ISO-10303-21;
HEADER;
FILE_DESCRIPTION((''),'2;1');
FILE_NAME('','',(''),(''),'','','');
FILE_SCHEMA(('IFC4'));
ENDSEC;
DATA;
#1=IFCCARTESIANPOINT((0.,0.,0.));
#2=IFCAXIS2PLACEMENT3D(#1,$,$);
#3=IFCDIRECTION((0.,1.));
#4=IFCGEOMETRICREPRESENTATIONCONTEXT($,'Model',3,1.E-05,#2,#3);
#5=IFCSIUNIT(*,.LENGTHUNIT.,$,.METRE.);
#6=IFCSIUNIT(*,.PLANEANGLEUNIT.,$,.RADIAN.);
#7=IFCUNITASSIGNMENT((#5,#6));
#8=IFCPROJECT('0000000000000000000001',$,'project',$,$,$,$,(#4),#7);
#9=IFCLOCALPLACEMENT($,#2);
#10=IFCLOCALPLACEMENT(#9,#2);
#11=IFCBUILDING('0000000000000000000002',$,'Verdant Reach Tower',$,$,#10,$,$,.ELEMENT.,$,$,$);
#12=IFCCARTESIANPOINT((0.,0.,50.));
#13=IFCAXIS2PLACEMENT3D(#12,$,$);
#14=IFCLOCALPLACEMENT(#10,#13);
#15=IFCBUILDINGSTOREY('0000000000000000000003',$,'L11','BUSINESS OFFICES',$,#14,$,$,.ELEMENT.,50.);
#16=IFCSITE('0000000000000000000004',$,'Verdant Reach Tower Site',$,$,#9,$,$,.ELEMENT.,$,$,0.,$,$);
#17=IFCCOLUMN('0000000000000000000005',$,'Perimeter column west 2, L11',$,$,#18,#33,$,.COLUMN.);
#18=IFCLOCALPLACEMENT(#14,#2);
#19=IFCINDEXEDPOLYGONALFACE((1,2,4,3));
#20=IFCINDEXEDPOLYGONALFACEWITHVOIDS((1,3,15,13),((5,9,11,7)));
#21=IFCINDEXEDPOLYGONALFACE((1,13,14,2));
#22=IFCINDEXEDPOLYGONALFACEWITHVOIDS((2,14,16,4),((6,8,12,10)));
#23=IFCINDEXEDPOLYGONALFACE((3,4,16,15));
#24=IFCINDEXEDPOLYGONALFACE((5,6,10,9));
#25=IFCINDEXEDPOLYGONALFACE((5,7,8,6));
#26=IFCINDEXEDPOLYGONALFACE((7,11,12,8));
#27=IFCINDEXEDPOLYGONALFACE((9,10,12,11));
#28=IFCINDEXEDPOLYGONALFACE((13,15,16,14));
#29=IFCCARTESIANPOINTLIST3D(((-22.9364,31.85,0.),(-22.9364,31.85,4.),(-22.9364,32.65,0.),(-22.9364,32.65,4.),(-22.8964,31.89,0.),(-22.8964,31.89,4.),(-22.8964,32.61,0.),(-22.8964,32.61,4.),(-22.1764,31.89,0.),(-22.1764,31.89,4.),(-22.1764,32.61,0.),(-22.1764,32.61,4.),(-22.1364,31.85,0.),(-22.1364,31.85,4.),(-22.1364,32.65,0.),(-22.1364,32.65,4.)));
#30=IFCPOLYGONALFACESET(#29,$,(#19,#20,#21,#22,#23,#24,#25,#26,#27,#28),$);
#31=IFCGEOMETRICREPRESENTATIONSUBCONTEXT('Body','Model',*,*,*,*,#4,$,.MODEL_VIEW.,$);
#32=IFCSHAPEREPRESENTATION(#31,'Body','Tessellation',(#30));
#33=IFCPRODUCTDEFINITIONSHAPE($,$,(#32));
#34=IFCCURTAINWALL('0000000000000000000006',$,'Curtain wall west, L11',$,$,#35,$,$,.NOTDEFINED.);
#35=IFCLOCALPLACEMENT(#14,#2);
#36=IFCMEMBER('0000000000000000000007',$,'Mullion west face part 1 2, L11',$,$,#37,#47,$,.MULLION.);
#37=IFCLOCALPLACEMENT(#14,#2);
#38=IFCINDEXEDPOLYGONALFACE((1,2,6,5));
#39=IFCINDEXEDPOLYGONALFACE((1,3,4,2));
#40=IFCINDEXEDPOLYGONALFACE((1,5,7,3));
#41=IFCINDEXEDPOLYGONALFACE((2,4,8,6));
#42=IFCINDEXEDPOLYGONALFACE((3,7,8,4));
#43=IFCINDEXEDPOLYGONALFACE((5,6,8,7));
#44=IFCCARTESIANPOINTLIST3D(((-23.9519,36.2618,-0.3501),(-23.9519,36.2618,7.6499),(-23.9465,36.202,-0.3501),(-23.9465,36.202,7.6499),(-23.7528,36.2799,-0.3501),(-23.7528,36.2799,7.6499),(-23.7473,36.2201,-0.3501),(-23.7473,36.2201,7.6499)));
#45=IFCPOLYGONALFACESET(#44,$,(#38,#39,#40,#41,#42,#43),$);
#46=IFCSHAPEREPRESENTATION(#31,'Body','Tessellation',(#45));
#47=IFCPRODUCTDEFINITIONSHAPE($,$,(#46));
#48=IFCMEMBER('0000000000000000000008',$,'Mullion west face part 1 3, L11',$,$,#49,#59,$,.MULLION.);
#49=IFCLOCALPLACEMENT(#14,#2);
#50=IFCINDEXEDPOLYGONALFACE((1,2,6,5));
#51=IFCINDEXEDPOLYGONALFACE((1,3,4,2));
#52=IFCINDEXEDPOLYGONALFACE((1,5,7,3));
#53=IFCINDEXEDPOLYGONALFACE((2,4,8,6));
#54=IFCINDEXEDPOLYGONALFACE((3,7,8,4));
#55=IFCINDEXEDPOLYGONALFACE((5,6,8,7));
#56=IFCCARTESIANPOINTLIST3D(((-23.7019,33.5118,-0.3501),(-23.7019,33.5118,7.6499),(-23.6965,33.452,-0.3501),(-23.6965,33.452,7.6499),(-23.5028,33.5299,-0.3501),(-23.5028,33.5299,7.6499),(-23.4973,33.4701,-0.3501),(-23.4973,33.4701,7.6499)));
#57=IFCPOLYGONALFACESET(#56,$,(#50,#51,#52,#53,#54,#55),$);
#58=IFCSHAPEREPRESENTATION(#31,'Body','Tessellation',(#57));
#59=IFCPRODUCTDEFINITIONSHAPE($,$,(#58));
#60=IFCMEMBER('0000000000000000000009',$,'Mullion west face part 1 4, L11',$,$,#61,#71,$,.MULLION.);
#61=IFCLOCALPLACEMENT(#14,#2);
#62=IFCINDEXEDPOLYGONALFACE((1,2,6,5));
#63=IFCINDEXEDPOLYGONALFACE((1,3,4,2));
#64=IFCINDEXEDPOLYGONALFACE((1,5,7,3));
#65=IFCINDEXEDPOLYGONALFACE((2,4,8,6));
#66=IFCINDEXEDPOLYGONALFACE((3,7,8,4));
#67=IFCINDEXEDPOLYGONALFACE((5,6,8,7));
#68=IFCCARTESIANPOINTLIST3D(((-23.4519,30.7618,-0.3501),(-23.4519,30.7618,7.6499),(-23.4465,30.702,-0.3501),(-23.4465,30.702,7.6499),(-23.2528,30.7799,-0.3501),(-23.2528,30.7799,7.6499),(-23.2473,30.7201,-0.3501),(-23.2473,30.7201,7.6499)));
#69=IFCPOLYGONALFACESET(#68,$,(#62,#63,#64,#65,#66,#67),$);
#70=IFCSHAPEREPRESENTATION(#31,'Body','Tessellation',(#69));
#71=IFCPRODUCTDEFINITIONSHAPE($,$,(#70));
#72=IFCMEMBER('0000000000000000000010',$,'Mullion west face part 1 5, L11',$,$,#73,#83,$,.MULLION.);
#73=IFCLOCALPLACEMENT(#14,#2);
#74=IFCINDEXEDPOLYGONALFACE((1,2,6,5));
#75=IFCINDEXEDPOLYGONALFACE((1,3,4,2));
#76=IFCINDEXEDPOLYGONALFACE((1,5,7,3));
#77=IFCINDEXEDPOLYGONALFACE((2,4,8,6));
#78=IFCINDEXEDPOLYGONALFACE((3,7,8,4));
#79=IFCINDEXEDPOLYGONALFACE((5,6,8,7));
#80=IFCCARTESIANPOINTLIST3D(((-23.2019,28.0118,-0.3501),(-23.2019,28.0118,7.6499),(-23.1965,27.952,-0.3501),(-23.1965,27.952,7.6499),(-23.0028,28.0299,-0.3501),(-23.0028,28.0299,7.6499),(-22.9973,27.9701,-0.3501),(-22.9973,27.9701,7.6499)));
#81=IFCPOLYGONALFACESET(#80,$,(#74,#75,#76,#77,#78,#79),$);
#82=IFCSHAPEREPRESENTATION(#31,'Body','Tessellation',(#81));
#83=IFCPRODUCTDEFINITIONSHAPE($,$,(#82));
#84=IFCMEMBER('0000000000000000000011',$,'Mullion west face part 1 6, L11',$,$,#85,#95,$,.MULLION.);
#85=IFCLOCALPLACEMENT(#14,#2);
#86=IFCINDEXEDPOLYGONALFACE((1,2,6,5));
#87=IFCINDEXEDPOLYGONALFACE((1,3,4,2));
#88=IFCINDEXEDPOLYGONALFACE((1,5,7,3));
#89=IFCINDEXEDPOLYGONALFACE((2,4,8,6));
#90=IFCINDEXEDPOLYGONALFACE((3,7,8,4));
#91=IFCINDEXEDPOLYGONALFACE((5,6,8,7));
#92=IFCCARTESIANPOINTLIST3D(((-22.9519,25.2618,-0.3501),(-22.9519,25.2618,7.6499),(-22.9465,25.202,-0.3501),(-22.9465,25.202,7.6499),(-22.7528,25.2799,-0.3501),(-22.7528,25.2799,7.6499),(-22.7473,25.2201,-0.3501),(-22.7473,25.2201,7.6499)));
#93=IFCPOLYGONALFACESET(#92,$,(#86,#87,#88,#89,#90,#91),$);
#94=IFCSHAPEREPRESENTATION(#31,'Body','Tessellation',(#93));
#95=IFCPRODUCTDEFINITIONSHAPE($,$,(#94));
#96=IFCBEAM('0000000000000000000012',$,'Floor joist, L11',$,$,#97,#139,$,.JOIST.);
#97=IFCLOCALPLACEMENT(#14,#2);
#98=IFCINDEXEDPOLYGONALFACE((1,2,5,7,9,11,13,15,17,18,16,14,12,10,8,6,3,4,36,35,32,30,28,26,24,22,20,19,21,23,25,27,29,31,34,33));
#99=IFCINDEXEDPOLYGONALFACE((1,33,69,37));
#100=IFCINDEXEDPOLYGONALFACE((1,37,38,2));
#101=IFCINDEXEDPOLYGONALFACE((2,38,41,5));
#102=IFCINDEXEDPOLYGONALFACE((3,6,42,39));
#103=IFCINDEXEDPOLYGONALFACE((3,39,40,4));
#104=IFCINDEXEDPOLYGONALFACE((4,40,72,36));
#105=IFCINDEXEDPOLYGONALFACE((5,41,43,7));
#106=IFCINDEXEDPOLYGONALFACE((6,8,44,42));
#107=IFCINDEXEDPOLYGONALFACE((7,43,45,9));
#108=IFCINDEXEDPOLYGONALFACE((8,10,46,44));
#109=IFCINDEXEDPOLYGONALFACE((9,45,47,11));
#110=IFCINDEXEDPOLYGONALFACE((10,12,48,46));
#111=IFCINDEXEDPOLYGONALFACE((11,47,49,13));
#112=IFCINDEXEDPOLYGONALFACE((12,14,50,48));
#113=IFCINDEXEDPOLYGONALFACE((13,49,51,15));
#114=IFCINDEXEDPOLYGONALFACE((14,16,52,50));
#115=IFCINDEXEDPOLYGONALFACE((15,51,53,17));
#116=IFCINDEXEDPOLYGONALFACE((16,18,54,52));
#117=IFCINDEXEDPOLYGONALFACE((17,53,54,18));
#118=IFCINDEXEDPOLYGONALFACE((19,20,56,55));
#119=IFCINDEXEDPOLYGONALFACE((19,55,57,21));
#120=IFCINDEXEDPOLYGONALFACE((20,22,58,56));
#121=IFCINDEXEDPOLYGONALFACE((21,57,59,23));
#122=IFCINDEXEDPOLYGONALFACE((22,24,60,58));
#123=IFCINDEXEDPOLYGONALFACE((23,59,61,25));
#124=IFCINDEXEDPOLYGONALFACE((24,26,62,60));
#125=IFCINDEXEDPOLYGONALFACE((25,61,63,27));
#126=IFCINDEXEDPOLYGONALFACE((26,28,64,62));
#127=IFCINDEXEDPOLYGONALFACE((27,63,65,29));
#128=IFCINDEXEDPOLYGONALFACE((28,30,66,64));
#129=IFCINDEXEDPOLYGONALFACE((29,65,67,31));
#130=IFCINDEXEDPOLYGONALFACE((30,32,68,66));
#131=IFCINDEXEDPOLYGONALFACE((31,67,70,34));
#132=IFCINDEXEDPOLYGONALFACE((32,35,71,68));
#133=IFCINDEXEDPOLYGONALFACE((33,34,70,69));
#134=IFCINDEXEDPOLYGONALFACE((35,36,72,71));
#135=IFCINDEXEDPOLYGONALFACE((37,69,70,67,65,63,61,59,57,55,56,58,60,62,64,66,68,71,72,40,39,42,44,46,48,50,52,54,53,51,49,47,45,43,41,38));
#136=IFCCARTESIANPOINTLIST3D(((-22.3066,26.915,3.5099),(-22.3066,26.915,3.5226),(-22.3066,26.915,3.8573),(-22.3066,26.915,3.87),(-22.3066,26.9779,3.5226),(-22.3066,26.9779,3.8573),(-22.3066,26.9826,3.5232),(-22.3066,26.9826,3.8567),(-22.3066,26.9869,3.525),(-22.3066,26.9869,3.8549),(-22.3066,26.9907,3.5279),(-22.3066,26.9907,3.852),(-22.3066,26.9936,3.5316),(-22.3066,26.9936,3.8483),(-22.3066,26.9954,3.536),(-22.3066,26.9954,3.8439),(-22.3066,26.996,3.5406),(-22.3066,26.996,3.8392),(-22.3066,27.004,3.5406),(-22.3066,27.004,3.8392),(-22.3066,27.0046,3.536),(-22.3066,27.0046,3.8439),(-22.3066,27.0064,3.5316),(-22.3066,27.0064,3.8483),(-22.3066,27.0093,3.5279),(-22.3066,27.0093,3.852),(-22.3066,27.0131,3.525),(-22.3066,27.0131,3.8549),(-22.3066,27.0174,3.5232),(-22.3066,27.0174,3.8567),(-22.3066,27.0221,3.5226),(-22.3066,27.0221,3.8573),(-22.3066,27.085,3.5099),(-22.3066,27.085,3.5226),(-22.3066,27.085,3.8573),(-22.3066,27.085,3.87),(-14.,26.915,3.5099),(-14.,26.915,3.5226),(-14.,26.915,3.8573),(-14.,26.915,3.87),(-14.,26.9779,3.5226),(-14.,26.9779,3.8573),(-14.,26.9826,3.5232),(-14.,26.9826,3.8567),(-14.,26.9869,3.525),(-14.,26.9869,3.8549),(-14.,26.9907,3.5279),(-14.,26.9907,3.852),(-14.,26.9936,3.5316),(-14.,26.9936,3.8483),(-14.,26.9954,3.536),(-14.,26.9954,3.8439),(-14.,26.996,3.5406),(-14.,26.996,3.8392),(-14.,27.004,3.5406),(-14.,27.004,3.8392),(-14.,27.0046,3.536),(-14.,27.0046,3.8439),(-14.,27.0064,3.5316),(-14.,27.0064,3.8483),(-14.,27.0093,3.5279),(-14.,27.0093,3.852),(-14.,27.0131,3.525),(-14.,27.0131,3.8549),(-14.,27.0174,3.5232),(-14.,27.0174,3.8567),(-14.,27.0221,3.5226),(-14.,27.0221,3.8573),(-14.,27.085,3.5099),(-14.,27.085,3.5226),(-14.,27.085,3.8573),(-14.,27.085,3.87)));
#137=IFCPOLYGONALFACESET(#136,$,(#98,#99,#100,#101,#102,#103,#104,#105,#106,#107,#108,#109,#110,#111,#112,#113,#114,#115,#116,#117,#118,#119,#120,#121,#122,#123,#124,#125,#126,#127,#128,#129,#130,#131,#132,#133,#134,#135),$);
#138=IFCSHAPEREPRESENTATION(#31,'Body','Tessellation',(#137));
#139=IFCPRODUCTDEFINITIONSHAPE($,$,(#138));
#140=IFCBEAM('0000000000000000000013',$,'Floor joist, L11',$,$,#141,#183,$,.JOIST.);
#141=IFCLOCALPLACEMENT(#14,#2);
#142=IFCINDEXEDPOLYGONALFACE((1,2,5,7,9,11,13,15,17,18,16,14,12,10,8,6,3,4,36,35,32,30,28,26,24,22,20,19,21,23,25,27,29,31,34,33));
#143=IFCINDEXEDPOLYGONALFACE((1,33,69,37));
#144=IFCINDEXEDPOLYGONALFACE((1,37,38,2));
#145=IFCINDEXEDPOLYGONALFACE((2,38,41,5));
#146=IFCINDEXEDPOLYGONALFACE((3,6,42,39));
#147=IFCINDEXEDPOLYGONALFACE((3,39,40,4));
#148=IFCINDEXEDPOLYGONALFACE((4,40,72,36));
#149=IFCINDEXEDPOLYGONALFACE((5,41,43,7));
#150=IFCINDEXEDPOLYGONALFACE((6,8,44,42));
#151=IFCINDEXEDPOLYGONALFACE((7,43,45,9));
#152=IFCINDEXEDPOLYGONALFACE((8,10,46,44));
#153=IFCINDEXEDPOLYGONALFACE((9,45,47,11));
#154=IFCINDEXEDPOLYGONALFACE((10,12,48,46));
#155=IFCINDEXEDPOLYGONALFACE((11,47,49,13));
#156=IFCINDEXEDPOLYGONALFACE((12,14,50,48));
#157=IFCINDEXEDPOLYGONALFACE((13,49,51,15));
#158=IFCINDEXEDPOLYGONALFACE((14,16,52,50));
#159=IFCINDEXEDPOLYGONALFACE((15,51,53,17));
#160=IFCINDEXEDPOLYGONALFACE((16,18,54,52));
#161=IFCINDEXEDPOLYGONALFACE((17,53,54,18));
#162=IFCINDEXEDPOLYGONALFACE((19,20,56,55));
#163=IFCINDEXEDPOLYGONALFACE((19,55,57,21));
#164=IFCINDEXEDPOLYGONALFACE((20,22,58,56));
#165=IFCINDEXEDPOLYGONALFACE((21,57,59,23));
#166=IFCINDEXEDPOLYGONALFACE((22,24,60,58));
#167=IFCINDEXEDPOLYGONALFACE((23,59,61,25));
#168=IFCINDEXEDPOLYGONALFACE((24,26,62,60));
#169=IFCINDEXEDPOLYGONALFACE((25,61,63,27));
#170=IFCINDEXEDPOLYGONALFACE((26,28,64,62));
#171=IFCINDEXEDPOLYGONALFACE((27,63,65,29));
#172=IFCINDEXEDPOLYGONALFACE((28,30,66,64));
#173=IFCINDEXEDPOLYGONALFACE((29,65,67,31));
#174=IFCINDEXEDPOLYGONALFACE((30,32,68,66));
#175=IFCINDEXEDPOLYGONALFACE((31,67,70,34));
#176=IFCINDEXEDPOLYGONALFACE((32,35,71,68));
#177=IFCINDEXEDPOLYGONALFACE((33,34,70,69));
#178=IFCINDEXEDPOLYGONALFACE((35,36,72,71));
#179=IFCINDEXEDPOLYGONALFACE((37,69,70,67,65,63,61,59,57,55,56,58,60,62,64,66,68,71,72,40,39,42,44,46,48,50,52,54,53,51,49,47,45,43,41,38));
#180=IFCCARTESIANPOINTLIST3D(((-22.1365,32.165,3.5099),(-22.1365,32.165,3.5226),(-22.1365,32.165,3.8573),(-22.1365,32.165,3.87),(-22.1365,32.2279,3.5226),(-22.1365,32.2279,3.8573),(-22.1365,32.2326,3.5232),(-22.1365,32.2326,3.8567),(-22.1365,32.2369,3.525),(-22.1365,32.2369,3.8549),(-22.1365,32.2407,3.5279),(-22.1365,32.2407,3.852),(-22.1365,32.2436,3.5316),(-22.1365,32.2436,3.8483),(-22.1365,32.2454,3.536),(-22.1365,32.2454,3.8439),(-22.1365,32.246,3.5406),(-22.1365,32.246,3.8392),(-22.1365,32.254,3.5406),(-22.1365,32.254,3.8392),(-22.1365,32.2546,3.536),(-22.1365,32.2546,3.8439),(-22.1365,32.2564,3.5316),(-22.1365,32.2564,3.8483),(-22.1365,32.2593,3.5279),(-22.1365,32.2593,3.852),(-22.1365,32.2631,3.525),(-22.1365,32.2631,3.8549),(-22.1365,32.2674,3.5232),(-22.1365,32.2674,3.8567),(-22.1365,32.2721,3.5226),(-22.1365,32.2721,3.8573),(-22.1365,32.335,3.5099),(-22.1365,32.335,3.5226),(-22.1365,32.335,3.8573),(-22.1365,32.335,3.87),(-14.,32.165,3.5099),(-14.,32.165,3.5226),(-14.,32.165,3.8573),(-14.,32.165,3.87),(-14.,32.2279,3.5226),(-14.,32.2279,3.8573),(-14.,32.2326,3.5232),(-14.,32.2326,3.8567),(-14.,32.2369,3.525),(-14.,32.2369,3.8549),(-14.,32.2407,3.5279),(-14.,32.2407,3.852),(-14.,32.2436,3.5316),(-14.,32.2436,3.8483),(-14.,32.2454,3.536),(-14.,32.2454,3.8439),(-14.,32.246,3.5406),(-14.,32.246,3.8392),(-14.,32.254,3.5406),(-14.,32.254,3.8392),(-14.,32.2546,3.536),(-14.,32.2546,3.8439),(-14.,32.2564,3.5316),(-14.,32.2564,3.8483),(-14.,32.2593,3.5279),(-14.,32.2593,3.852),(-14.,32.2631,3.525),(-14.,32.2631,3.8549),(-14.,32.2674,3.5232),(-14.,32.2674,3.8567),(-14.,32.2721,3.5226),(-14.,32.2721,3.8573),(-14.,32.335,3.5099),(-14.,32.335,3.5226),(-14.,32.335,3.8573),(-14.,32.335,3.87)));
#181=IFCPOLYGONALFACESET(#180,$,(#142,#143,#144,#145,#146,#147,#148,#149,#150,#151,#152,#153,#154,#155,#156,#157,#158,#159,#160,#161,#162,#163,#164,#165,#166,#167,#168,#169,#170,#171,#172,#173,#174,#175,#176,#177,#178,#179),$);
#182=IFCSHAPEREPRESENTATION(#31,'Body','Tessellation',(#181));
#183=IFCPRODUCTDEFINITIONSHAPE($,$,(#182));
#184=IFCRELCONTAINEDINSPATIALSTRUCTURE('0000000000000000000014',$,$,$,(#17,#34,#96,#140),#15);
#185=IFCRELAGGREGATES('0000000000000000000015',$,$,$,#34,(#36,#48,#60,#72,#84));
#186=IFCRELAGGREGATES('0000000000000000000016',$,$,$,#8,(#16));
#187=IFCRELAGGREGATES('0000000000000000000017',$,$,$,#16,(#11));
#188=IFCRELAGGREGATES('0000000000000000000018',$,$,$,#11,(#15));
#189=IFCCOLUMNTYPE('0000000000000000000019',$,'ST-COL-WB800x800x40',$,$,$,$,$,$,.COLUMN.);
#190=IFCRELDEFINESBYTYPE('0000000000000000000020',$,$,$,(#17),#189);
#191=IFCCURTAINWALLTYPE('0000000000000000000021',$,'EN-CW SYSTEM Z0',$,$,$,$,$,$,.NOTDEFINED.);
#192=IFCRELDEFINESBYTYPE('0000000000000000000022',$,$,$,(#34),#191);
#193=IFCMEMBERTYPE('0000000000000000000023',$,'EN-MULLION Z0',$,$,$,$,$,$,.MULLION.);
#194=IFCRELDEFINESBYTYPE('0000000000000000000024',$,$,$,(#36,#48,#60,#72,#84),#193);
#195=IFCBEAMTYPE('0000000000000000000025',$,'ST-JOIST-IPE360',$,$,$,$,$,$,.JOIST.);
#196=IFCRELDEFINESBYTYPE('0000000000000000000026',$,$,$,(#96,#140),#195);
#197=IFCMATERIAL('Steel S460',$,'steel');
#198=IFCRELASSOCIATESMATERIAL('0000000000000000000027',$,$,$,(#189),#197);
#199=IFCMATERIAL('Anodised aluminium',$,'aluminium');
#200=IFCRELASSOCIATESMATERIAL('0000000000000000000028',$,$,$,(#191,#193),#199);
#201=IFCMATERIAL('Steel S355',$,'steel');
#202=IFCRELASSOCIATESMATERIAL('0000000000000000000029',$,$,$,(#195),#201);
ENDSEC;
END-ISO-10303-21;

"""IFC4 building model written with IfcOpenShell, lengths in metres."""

from ifc_helpers import new_model, si_unit, direction, frame, origin, origin_2d, place, context, subcontext, project, spatial, rectangle, hollow_rectangle, i_section, extrude, material, material_profile, profile_set, type_object, element, aggregate, save


model = new_model("IFC4")

# Units and contexts
model_context = context("Model", 3, precision=1e-05, world=origin(), true_north=direction((0.0, 1.0)))
body_context = subcontext(model_context, "Body", "Model", "MODEL_VIEW")
ifc_project = project(units=[si_unit("LENGTHUNIT", "METRE"), si_unit("PLANEANGLEUNIT", "RADIAN")], contexts=[model_context])

# Site, building, storey
site_placement = place(None, origin())
site = spatial("IfcSite", under=ifc_project, at=site_placement, Name="Verdant Reach Tower Site", CompositionType="ELEMENT", RefElevation=0.0)
building_placement = place(site_placement, origin())
building = spatial("IfcBuilding", under=site, at=building_placement, Name="Verdant Reach Tower", CompositionType="ELEMENT")
storey_placement = place(building_placement, frame((0.0, 0.0, 50.0)))
storey = spatial("IfcBuildingStorey", under=building, at=storey_placement, Name="L11", Description="BUSINESS OFFICES", CompositionType="ELEMENT", Elevation=50.0)

# Column
ifc_material_1 = material(Name="Steel S460", Category="steel")
ifc_material_profile_1 = material_profile(ifc_material_1, hollow_rectangle(XDim=0.8, YDim=0.8, WallThickness=0.04, at=origin_2d()), Name="WB 800x800x40")
ifc_profile_set_1 = profile_set([ifc_material_profile_1], Name="Steel S460")
column_type = type_object("IfcColumnType", Name="ST-COL-WB800x800x40", PredefinedType="COLUMN", material=ifc_profile_set_1)
column_placement = place(storey_placement, frame((-22.5364, 32.25, 0.0), z_axis=(0.0, 0.0, 1.0), x_axis=(1.0, 0.0, 0.0)))
element("IfcColumn", 1, at=column_placement, inside=storey, type_object=column_type, Name="Perimeter column west 2, L11", PredefinedType="COLUMN", context=body_context, shape_type="SweptSolid", body=[
    extrude(hollow_rectangle(XDim=0.8, YDim=0.8, WallThickness=0.04, at=origin_2d()), origin(), (0.0, 0.0, 1.0), 4.0),
])

# Curtain wall, members
ifc_material_2 = material(Name="Anodised aluminium", Category="aluminium")
curtain_wall_type = type_object("IfcCurtainWallType", Name="EN-CW SYSTEM Z0", PredefinedType="NOTDEFINED", material=ifc_material_2)
curtain_wall_placement = place(storey_placement, origin())
curtain_wall = element("IfcCurtainWall", 2, at=curtain_wall_placement, inside=storey, type_object=curtain_wall_type, Name="Curtain wall west, L11", PredefinedType="NOTDEFINED")
ifc_material_profile_2 = material_profile(ifc_material_2, rectangle(XDim=0.2, YDim=0.0601, at=origin_2d()), Name="Mullion 60x200")
ifc_profile_set_2 = profile_set([ifc_material_profile_2], Name="Anodised aluminium")
member_type = type_object("IfcMemberType", Name="EN-MULLION Z0", PredefinedType="MULLION", material=ifc_profile_set_2)
member_1_placement = place(storey_placement, frame((-23.8496, 36.241, -0.3501), z_axis=(0.0, 0.0, 1.0), x_axis=(-0.995893, -0.090536, 0.0)))
member_1 = element("IfcMember", 3, at=member_1_placement, type_object=member_type, Name="Mullion west face part 1 2, L11", PredefinedType="MULLION", context=body_context, shape_type="SweptSolid", body=[
    extrude(rectangle(XDim=0.2, YDim=0.0601, at=origin_2d()), origin(), (0.0, 0.0, 1.0), 8.0),
])
member_2_placement = place(storey_placement, frame((-23.5996, 33.491, -0.3501), z_axis=(0.0, 0.0, 1.0), x_axis=(-0.995893, -0.090536, 0.0)))
member_2 = element("IfcMember", 4, at=member_2_placement, type_object=member_type, Name="Mullion west face part 1 3, L11", PredefinedType="MULLION", context=body_context, shape_type="SweptSolid", body=[
    extrude(rectangle(XDim=0.2, YDim=0.0601, at=origin_2d()), origin(), (0.0, 0.0, 1.0), 8.0),
])
member_3_placement = place(storey_placement, frame((-23.3496, 30.741, -0.3501), z_axis=(0.0, 0.0, 1.0), x_axis=(-0.995893, -0.090536, 0.0)))
member_3 = element("IfcMember", 5, at=member_3_placement, type_object=member_type, Name="Mullion west face part 1 4, L11", PredefinedType="MULLION", context=body_context, shape_type="SweptSolid", body=[
    extrude(rectangle(XDim=0.2, YDim=0.0601, at=origin_2d()), origin(), (0.0, 0.0, 1.0), 8.0),
])
member_4_placement = place(storey_placement, frame((-23.0996, 27.991, -0.3501), z_axis=(0.0, 0.0, 1.0), x_axis=(-0.995893, -0.090536, 0.0)))
member_4 = element("IfcMember", 6, at=member_4_placement, type_object=member_type, Name="Mullion west face part 1 5, L11", PredefinedType="MULLION", context=body_context, shape_type="SweptSolid", body=[
    extrude(rectangle(XDim=0.2, YDim=0.0601, at=origin_2d()), origin(), (0.0, 0.0, 1.0), 8.0),
])
member_5_placement = place(storey_placement, frame((-22.8496, 25.241, -0.3501), z_axis=(0.0, 0.0, 1.0), x_axis=(-0.995893, -0.090536, 0.0)))
member_5 = element("IfcMember", 7, at=member_5_placement, type_object=member_type, Name="Mullion west face part 1 6, L11", PredefinedType="MULLION", context=body_context, shape_type="SweptSolid", body=[
    extrude(rectangle(XDim=0.2, YDim=0.0601, at=origin_2d()), origin(), (0.0, 0.0, 1.0), 8.0),
])

# Beams
ifc_material_3 = material(Name="Steel S355", Category="steel")
ifc_material_profile_3 = material_profile(ifc_material_3, i_section(OverallWidth=0.1699, OverallDepth=0.3601, WebThickness=0.0081, FlangeThickness=0.0127, FilletRadius=0.0181, at=origin_2d()), Name="IPE 360")
ifc_profile_set_3 = profile_set([ifc_material_profile_3], Name="Steel S355")
beam_type_1 = type_object("IfcBeamType", Name="ST-JOIST-IPE360", PredefinedType="JOIST", material=ifc_profile_set_3)
beam_1_placement = place(storey_placement, frame((-14.0, 27.0, 3.6899), z_axis=(-1.0, 0.0, 0.0), x_axis=(0.0, -1.0, 0.0)))
element("IfcBeam", 8, at=beam_1_placement, inside=storey, type_object=beam_type_1, Name="Floor joist, L11", PredefinedType="JOIST", context=body_context, shape_type="SweptSolid", body=[
    extrude(i_section(OverallWidth=0.1699, OverallDepth=0.3601, WebThickness=0.0081, FlangeThickness=0.0127, FilletRadius=0.0181, at=origin_2d()), origin(), (0.0, 0.0, 1.0), 8.3066),
])
beam_2_placement = place(storey_placement, frame((-14.0, 32.25, 3.6899), z_axis=(-1.0, 0.0, 0.0), x_axis=(0.0, -1.0, 0.0)))
element("IfcBeam", 9, at=beam_2_placement, inside=storey, type_object=beam_type_1, Name="Floor joist, L11", PredefinedType="JOIST", context=body_context, shape_type="SweptSolid", body=[
    extrude(i_section(OverallWidth=0.1699, OverallDepth=0.3601, WebThickness=0.0081, FlangeThickness=0.0127, FilletRadius=0.0181, at=origin_2d()), origin(), (0.0, 0.0, 1.0), 8.1365),
])

aggregate(curtain_wall, [member_1, member_2, member_3, member_4, member_5])

save(model, "model.ifc")
